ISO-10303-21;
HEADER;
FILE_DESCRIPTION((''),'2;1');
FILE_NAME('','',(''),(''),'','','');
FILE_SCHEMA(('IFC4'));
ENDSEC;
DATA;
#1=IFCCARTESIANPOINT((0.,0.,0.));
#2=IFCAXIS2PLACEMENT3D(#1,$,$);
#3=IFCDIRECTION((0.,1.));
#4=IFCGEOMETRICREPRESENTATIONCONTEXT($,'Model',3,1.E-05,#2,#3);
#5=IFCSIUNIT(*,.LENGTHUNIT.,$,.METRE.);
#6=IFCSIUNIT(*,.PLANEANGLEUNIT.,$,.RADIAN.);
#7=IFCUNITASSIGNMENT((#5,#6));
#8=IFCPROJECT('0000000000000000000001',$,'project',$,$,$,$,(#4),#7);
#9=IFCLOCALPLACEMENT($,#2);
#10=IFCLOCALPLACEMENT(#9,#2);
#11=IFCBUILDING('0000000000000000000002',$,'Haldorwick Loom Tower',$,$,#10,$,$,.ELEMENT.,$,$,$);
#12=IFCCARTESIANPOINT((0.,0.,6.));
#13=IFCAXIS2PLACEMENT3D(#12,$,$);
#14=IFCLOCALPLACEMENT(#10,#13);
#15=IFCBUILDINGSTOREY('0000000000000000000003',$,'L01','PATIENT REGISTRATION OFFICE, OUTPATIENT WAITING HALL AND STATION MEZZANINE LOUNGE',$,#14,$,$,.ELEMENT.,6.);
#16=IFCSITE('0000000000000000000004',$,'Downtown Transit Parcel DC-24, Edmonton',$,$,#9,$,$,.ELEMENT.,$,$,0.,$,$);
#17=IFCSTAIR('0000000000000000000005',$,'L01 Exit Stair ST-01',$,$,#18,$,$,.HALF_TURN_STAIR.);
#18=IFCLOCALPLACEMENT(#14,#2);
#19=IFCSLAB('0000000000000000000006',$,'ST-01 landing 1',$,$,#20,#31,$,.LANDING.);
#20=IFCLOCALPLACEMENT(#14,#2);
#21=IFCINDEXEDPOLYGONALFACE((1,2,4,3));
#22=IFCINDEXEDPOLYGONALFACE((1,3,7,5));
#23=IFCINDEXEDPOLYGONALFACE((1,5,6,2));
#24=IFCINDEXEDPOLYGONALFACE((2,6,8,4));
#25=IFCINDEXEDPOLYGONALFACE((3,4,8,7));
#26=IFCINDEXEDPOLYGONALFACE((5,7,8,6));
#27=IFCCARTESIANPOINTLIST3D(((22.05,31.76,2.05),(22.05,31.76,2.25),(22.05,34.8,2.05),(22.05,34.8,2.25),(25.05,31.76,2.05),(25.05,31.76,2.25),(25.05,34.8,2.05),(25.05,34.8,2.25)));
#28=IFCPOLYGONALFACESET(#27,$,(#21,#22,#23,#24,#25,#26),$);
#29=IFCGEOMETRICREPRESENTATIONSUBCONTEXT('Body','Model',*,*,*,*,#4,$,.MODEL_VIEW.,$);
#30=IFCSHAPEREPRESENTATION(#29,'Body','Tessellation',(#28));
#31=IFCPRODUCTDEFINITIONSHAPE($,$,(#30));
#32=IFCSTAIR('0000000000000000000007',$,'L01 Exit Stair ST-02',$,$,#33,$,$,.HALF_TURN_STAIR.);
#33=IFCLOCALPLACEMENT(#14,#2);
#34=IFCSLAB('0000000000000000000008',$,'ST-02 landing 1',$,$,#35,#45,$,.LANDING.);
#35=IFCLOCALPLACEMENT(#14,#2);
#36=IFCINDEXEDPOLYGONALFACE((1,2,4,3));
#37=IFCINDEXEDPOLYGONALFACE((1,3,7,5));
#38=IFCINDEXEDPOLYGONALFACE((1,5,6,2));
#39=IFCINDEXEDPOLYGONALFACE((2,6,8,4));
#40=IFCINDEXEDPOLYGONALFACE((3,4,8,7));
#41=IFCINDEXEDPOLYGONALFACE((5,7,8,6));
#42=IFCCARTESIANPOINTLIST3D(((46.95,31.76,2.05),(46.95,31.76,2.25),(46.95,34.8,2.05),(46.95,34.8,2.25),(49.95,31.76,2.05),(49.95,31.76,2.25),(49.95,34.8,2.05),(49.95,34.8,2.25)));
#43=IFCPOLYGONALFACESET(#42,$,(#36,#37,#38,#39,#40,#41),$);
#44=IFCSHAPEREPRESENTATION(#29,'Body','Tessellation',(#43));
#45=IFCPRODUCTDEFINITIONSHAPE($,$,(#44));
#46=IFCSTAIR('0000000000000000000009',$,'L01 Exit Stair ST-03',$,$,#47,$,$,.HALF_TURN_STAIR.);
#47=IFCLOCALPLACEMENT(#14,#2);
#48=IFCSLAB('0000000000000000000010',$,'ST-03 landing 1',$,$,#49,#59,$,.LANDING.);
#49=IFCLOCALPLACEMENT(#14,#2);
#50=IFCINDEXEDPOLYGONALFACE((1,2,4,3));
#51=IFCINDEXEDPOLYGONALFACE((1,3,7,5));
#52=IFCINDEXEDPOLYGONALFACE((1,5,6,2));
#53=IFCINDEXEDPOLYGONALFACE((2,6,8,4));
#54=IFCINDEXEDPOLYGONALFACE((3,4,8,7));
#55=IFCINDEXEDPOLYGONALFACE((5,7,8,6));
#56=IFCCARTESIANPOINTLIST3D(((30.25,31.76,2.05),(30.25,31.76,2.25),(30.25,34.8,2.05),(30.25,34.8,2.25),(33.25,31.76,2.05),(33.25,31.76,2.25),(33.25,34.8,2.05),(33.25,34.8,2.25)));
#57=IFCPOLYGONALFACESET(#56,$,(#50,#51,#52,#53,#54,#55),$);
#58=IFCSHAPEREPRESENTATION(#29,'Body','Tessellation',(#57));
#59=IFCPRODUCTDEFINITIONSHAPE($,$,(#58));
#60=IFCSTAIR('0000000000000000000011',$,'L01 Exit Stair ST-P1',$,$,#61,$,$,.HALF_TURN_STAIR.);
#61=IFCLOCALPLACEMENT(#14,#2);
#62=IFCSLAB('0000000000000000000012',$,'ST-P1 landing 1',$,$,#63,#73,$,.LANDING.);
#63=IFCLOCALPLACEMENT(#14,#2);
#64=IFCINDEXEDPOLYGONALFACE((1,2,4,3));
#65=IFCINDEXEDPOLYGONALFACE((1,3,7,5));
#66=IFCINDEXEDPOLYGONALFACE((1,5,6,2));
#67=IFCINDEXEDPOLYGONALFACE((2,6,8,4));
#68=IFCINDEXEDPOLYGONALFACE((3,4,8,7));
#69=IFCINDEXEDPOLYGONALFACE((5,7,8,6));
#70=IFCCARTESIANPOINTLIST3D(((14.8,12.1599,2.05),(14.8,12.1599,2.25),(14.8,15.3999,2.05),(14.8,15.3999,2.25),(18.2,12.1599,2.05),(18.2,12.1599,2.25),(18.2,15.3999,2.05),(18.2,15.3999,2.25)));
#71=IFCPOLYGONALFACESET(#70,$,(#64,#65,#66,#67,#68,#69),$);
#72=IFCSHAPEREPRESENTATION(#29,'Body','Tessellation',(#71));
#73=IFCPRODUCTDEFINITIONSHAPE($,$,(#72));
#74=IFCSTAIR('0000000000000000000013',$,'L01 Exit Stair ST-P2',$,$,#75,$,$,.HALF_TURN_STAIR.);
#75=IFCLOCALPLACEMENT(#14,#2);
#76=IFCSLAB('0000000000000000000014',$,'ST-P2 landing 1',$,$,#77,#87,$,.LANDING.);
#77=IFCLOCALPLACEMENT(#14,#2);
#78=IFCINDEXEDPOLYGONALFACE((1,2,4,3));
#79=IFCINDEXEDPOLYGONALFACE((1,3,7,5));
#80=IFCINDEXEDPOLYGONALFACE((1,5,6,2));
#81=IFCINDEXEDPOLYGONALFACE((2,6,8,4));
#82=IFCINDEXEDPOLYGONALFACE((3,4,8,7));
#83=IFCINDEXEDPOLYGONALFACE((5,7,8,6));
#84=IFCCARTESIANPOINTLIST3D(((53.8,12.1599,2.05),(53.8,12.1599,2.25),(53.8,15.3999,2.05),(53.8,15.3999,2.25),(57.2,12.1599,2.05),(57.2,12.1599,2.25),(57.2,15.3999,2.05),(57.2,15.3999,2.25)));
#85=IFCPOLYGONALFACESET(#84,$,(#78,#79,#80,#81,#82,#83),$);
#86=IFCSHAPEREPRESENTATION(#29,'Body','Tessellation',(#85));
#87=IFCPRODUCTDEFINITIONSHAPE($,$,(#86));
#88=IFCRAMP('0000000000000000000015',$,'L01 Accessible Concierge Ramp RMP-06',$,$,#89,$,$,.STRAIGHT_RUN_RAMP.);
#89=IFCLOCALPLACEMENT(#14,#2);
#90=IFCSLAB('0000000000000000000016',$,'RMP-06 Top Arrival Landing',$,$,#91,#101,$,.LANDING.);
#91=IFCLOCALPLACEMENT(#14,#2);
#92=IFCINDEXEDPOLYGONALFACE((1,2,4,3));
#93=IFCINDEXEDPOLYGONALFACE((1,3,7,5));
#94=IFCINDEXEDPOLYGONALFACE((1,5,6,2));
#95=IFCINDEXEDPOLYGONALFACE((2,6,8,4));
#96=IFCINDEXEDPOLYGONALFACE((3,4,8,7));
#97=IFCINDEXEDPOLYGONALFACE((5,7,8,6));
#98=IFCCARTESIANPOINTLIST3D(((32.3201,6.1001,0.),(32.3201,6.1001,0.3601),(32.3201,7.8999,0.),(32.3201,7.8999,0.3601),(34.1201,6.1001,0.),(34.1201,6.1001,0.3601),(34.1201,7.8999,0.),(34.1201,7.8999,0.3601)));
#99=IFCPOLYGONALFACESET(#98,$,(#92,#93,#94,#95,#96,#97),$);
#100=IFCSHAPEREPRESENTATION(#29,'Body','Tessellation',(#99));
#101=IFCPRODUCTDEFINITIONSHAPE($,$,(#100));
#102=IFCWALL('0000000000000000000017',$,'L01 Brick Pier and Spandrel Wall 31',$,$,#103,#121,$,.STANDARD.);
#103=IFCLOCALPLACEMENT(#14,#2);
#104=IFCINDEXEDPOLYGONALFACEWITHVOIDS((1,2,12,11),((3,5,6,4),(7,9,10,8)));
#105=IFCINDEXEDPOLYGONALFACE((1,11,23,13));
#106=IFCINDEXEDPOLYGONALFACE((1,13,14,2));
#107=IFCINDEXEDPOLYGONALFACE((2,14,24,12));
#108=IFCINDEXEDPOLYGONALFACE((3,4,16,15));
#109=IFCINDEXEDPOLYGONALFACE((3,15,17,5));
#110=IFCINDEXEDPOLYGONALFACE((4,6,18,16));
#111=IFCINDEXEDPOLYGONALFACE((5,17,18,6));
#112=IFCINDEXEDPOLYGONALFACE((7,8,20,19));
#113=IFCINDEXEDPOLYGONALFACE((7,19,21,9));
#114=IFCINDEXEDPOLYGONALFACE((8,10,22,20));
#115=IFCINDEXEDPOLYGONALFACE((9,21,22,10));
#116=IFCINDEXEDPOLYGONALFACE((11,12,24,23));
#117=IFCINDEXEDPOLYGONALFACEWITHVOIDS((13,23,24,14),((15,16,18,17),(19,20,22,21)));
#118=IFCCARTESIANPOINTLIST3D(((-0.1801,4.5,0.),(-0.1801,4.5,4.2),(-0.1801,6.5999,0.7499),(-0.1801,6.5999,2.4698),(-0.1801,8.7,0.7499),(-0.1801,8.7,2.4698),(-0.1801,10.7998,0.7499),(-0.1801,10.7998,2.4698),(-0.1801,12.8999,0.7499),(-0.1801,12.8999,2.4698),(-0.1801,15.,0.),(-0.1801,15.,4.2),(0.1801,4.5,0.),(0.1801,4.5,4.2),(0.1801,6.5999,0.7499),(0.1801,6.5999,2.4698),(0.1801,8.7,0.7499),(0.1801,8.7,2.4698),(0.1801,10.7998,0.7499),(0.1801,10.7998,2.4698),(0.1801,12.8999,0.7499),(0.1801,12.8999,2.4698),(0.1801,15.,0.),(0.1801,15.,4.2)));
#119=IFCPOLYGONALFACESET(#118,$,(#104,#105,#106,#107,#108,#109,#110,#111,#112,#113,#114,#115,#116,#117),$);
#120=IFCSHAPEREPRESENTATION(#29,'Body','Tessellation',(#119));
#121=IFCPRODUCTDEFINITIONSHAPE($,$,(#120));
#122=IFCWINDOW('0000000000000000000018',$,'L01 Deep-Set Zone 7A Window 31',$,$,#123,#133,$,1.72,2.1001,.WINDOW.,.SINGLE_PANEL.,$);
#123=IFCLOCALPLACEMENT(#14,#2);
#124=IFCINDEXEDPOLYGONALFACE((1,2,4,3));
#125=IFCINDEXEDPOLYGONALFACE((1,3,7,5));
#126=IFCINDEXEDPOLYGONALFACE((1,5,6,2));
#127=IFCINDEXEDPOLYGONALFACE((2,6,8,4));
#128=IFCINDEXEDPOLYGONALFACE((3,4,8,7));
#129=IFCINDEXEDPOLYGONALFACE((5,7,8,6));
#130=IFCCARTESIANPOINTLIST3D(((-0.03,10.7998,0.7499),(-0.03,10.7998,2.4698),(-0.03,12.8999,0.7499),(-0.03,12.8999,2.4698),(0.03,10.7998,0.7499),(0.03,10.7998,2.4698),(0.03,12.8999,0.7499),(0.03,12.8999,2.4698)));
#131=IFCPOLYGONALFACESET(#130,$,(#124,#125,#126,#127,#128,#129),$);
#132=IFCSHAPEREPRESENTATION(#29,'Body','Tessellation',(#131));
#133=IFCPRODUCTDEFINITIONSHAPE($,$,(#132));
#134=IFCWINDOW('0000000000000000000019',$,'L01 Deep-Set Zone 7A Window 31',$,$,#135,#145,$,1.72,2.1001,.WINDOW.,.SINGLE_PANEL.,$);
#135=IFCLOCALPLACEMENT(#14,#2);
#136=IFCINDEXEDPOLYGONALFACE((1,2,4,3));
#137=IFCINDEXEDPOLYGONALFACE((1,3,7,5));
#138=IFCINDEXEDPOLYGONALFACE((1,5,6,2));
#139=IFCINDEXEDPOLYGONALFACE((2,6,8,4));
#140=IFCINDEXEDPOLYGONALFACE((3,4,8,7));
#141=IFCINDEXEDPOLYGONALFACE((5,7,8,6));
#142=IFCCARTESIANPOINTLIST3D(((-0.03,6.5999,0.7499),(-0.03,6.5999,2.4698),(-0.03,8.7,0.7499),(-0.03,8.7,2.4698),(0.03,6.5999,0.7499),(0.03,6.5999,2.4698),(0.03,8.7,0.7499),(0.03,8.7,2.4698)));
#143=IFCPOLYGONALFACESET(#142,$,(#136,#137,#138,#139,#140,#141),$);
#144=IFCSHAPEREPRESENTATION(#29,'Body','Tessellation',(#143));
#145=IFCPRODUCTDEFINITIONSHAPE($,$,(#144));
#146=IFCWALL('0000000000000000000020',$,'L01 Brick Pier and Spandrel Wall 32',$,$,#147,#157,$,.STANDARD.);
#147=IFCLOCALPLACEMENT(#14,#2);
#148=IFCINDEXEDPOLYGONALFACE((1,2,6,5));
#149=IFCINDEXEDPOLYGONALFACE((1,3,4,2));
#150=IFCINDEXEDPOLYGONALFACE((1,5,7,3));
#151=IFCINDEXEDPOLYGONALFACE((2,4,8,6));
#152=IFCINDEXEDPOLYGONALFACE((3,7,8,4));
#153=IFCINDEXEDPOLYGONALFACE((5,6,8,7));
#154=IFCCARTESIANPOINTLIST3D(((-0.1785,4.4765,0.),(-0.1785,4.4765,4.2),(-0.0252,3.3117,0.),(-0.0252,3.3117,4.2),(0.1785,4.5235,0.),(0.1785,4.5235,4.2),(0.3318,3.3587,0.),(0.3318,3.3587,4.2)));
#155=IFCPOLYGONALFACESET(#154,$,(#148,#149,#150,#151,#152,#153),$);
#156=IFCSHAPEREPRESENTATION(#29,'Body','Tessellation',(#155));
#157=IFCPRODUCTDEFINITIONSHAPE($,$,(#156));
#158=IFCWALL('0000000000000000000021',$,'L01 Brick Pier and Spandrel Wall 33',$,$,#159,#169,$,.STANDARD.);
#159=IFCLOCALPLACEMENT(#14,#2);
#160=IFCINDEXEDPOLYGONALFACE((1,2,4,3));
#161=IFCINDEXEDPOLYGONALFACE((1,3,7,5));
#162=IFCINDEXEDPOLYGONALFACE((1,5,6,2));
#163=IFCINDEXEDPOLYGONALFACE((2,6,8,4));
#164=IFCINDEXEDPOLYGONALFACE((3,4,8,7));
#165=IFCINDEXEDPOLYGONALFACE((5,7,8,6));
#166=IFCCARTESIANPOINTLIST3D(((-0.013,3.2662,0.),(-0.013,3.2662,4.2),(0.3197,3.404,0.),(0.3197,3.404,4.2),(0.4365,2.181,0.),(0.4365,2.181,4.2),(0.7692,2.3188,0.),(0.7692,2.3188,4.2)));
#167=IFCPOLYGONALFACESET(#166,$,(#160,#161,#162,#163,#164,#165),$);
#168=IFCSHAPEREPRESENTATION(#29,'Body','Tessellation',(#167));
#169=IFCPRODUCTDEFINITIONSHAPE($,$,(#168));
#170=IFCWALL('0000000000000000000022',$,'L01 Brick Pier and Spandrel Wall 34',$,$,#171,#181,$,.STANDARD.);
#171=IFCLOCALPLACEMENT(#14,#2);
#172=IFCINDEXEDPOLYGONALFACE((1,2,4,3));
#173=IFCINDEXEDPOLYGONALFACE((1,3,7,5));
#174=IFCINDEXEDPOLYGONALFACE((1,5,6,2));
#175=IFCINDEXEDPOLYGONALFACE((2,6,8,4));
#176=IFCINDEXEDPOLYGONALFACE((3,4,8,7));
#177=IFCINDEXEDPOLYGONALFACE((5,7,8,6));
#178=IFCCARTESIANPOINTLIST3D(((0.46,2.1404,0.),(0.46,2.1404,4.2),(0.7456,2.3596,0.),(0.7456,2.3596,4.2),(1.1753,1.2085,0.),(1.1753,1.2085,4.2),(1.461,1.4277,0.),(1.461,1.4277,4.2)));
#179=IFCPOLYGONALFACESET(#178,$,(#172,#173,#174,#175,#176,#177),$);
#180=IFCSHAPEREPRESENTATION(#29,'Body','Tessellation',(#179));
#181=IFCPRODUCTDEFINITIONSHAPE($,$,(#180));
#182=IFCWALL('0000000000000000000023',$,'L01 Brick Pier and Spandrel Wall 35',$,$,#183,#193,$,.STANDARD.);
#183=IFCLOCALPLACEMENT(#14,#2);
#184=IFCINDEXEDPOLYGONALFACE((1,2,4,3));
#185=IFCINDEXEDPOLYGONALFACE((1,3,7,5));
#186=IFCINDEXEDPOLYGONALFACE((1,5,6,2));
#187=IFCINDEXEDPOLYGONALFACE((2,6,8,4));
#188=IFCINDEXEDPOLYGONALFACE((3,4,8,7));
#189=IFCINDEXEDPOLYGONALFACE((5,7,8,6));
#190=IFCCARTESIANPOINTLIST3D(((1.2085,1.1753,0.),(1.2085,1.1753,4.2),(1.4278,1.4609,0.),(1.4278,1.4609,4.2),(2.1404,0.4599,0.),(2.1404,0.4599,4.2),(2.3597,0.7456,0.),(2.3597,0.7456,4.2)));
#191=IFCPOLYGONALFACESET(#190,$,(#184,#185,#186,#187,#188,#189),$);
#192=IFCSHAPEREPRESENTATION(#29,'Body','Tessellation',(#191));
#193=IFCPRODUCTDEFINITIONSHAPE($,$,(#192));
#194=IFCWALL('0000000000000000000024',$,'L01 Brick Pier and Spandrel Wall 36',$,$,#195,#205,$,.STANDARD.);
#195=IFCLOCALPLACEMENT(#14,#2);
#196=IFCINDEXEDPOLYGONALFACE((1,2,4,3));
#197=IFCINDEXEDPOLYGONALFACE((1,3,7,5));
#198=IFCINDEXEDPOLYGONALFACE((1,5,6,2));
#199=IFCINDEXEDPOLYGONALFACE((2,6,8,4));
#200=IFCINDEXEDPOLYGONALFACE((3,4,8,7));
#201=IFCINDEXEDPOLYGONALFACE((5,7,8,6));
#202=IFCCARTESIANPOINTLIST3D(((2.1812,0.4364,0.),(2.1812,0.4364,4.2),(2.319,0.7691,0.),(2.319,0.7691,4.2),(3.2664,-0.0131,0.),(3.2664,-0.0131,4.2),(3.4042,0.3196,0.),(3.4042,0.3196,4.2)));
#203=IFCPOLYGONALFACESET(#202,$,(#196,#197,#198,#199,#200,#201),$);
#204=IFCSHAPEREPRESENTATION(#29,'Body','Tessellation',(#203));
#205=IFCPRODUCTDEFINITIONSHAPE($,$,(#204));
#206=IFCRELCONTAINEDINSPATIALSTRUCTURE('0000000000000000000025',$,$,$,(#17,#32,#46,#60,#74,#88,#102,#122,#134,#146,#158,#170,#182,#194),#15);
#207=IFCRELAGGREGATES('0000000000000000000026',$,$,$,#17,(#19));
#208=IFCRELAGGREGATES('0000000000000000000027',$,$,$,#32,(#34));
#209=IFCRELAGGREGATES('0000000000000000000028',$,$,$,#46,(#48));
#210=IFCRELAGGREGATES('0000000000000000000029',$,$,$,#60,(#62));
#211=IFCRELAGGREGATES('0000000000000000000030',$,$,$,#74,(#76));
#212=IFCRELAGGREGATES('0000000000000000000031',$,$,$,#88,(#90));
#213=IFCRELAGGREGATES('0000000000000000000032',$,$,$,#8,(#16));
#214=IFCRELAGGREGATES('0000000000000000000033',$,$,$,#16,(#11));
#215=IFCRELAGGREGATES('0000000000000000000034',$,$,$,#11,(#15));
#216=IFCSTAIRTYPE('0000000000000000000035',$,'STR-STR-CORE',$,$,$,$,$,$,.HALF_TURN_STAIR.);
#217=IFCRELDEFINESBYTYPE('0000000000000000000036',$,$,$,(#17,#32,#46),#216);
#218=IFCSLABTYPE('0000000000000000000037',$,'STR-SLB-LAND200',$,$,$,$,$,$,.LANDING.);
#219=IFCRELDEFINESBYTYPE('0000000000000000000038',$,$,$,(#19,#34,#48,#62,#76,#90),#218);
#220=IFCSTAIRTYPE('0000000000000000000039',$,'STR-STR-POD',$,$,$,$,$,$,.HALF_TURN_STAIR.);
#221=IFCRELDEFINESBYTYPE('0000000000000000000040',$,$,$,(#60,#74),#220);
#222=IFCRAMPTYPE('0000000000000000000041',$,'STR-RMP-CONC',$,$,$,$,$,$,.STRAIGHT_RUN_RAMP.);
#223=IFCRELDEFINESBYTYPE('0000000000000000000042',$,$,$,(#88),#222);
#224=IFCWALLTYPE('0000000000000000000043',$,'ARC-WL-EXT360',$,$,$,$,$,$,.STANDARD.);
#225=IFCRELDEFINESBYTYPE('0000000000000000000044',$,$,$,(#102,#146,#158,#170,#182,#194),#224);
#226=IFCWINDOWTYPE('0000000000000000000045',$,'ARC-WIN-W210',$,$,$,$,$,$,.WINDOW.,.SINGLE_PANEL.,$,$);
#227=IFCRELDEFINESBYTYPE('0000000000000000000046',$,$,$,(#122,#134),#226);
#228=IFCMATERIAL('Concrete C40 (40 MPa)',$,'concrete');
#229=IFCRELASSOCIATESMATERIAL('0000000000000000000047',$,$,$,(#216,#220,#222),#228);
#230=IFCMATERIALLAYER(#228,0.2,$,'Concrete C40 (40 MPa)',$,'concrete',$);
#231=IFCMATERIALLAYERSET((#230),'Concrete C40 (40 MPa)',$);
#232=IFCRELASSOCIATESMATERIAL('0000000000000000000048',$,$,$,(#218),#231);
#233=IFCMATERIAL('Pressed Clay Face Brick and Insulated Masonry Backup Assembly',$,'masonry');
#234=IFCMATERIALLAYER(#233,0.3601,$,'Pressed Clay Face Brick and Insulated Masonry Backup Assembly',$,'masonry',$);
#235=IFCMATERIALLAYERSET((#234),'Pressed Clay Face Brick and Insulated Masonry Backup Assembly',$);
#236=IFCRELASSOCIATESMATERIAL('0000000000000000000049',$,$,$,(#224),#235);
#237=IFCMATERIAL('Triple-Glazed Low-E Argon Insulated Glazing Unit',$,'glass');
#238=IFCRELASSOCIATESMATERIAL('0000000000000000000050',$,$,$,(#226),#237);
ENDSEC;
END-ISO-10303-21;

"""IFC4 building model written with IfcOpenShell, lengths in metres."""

from ifc_helpers import new_model, si_unit, direction, frame, frame_2d, origin, place, context, subcontext, project, spatial, polyline, rectangle, outline, extrude, material, layer, layer_set, type_object, element, fill, aggregate, save


model = new_model("IFC4")

# Units and contexts
model_context = context("Model", 3, precision=1e-05, world=origin(), true_north=direction((0.0, 1.0)))
body_context = subcontext(model_context, "Body", "Model", "MODEL_VIEW")
ifc_project = project(units=[si_unit("LENGTHUNIT", "METRE"), si_unit("PLANEANGLEUNIT", "RADIAN")], contexts=[model_context])

# Site, building, storey
site_placement = place(None, origin())
site = spatial("IfcSite", under=ifc_project, at=site_placement, Name="Downtown Transit Parcel DC-24, Edmonton", CompositionType="ELEMENT", RefElevation=0.0)
building_placement = place(site_placement, origin())
building = spatial("IfcBuilding", under=site, at=building_placement, Name="Haldorwick Loom Tower", CompositionType="ELEMENT")
storey_placement = place(building_placement, frame((0.0, 0.0, 6.0)))
storey = spatial("IfcBuildingStorey", under=building, at=storey_placement, Name="L01", Description="PATIENT REGISTRATION OFFICE, OUTPATIENT WAITING HALL AND STATION MEZZANINE LOUNGE", CompositionType="ELEMENT", Elevation=6.0)

# Stairs, slabs
ifc_material_1 = material(Name="Concrete C40 (40 MPa)", Category="concrete")
stair_type_1 = type_object("IfcStairType", Name="STR-STR-CORE", PredefinedType="HALF_TURN_STAIR", material=ifc_material_1)
stair_1_placement = place(storey_placement, origin())
stair_1 = element("IfcStair", 1, at=stair_1_placement, inside=storey, type_object=stair_type_1, Name="L01 Exit Stair ST-01", PredefinedType="HALF_TURN_STAIR")
ifc_layer_1 = layer(ifc_material_1, 0.2, Name="Concrete C40 (40 MPa)", Category="concrete")
ifc_layer_set_1 = layer_set([ifc_layer_1], Name="Concrete C40 (40 MPa)")
slab_type = type_object("IfcSlabType", Name="STR-SLB-LAND200", PredefinedType="LANDING", material=ifc_layer_set_1)
slab_1_placement = place(storey_placement, frame((0.0, 0.0, 2.05)))
slab_1 = element("IfcSlab", 2, at=slab_1_placement, type_object=slab_type, Name="ST-01 landing 1", PredefinedType="LANDING", context=body_context, shape_type="SweptSolid", body=[
    extrude(outline(polyline([(25.05, 31.76), (25.05, 34.8), (22.05, 34.8), (22.05, 31.76), (25.05, 31.76)])), origin(), (0.0, 0.0, 1.0), 0.2),
])
aggregate(stair_1, [slab_1])
stair_2_placement = place(storey_placement, origin())
stair_2 = element("IfcStair", 3, at=stair_2_placement, inside=storey, type_object=stair_type_1, Name="L01 Exit Stair ST-02", PredefinedType="HALF_TURN_STAIR")
slab_2_placement = place(storey_placement, frame((0.0, 0.0, 2.05)))
slab_2 = element("IfcSlab", 4, at=slab_2_placement, type_object=slab_type, Name="ST-02 landing 1", PredefinedType="LANDING", context=body_context, shape_type="SweptSolid", body=[
    extrude(outline(polyline([(49.95, 31.76), (49.95, 34.8), (46.95, 34.8), (46.95, 31.76), (49.95, 31.76)])), origin(), (0.0, 0.0, 1.0), 0.2),
])
aggregate(stair_2, [slab_2])
stair_3_placement = place(storey_placement, origin())
stair_3 = element("IfcStair", 5, at=stair_3_placement, inside=storey, type_object=stair_type_1, Name="L01 Exit Stair ST-03", PredefinedType="HALF_TURN_STAIR")
slab_3_placement = place(storey_placement, frame((0.0, 0.0, 2.05)))
slab_3 = element("IfcSlab", 6, at=slab_3_placement, type_object=slab_type, Name="ST-03 landing 1", PredefinedType="LANDING", context=body_context, shape_type="SweptSolid", body=[
    extrude(outline(polyline([(33.25, 31.76), (33.25, 34.8), (30.25, 34.8), (30.25, 31.76), (33.25, 31.76)])), origin(), (0.0, 0.0, 1.0), 0.2),
])
aggregate(stair_3, [slab_3])
stair_type_2 = type_object("IfcStairType", Name="STR-STR-POD", PredefinedType="HALF_TURN_STAIR", material=ifc_material_1)
stair_4_placement = place(storey_placement, origin())
stair_4 = element("IfcStair", 7, at=stair_4_placement, inside=storey, type_object=stair_type_2, Name="L01 Exit Stair ST-P1", PredefinedType="HALF_TURN_STAIR")
slab_4_placement = place(storey_placement, frame((0.0, 0.0, 2.05)))
slab_4 = element("IfcSlab", 8, at=slab_4_placement, type_object=slab_type, Name="ST-P1 landing 1", PredefinedType="LANDING", context=body_context, shape_type="SweptSolid", body=[
    extrude(outline(polyline([(18.2, 12.1599), (18.2, 15.3999), (14.8, 15.3999), (14.8, 12.1599), (18.2, 12.1599)])), origin(), (0.0, 0.0, 1.0), 0.2),
])
aggregate(stair_4, [slab_4])
stair_5_placement = place(storey_placement, origin())
stair_5 = element("IfcStair", 9, at=stair_5_placement, inside=storey, type_object=stair_type_2, Name="L01 Exit Stair ST-P2", PredefinedType="HALF_TURN_STAIR")
slab_5_placement = place(storey_placement, frame((0.0, 0.0, 2.05)))
slab_5 = element("IfcSlab", 10, at=slab_5_placement, type_object=slab_type, Name="ST-P2 landing 1", PredefinedType="LANDING", context=body_context, shape_type="SweptSolid", body=[
    extrude(outline(polyline([(57.2, 12.1599), (57.2, 15.3999), (53.8, 15.3999), (53.8, 12.1599), (57.2, 12.1599)])), origin(), (0.0, 0.0, 1.0), 0.2),
])
aggregate(stair_5, [slab_5])

# Ramp, slab
ramp_type = type_object("IfcRampType", Name="STR-RMP-CONC", PredefinedType="STRAIGHT_RUN_RAMP", material=ifc_material_1)
ramp_placement = place(storey_placement, origin())
ramp = element("IfcRamp", 11, at=ramp_placement, inside=storey, type_object=ramp_type, Name="L01 Accessible Concierge Ramp RMP-06", PredefinedType="STRAIGHT_RUN_RAMP")
slab_6_placement = place(storey_placement, origin())
slab_6 = element("IfcSlab", 12, at=slab_6_placement, type_object=slab_type, Name="RMP-06 Top Arrival Landing", PredefinedType="LANDING", context=body_context, shape_type="SweptSolid", body=[
    extrude(outline(polyline([(32.3201, 6.1001), (34.1201, 6.1001), (34.1201, 7.8999), (32.3201, 7.8999), (32.3201, 6.1001)])), origin(), (0.0, 0.0, 1.0), 0.3601),
])
aggregate(ramp, [slab_6])

# Wall, openings, windows
ifc_material_2 = material(Name="Pressed Clay Face Brick and Insulated Masonry Backup Assembly", Category="masonry")
ifc_layer_2 = layer(ifc_material_2, 0.3601, Name="Pressed Clay Face Brick and Insulated Masonry Backup Assembly", Category="masonry")
ifc_layer_set_2 = layer_set([ifc_layer_2], Name="Pressed Clay Face Brick and Insulated Masonry Backup Assembly")
wall_type_1 = type_object("IfcWallType", Name="ARC-WL-EXT360", PredefinedType="STANDARD", material=ifc_layer_set_2)
wall_1_placement = place(storey_placement, frame((0.0, 15.0, 0.0), z_axis=(0.0, 0.0, 1.0), x_axis=(0.0, -1.0, 0.0)))
wall_1 = element("IfcWall", 13, at=wall_1_placement, inside=storey, type_object=wall_type_1, Name="L01 Brick Pier and Spandrel Wall 31", PredefinedType="STANDARD", context=body_context, shape_type="SweptSolid", body=[
    extrude(rectangle(XDim=10.5, YDim=0.3601, at=frame_2d((5.25, 0.0))), origin(), (0.0, 0.0, 1.0), 4.2),
])
opening_1_placement = place(wall_1_placement, frame((2.1001, 0.0, 0.75)))
opening_1 = element("IfcOpeningElement", 14, at=opening_1_placement, cuts=wall_1, PredefinedType="OPENING", context=body_context, shape_type="SweptSolid", body=[
    extrude(rectangle(XDim=2.1001, YDim=1.72, at=frame_2d((1.05, 0.8599))), frame((0.0, 0.1899, 0.0), z_axis=(0.0, -1.0, 0.0), x_axis=(1.0, 0.0, 0.0)), (0.0, 0.0, 1.0), 0.3801),
])
opening_2_placement = place(wall_1_placement, frame((6.3, 0.0, 0.75)))
opening_2 = element("IfcOpeningElement", 15, at=opening_2_placement, cuts=wall_1, PredefinedType="OPENING", context=body_context, shape_type="SweptSolid", body=[
    extrude(rectangle(XDim=2.1001, YDim=1.72, at=frame_2d((1.05, 0.8599))), frame((0.0, 0.1899, 0.0), z_axis=(0.0, -1.0, 0.0), x_axis=(1.0, 0.0, 0.0)), (0.0, 0.0, 1.0), 0.3801),
])
ifc_material_3 = material(Name="Triple-Glazed Low-E Argon Insulated Glazing Unit", Category="glass")
window_type = type_object("IfcWindowType", Name="ARC-WIN-W210", PartitioningType="SINGLE_PANEL", PredefinedType="WINDOW", material=ifc_material_3)
window_1_placement = place(opening_1_placement, origin())
window_1 = element("IfcWindow", 16, at=window_1_placement, inside=storey, type_object=window_type, Name="L01 Deep-Set Zone 7A Window 31", OverallHeight=1.72, OverallWidth=2.1001, PartitioningType="SINGLE_PANEL", PredefinedType="WINDOW", context=body_context, shape_type="SweptSolid", body=[
    extrude(rectangle(XDim=2.1001, YDim=1.72, at=frame_2d((1.05, 0.8599))), frame((0.0, 0.03, 0.0), z_axis=(0.0, -1.0, 0.0), x_axis=(1.0, 0.0, 0.0)), (0.0, 0.0, 1.0), 0.0601),
])
fill(opening_1, window_1)
window_2_placement = place(opening_2_placement, origin())
window_2 = element("IfcWindow", 17, at=window_2_placement, inside=storey, type_object=window_type, Name="L01 Deep-Set Zone 7A Window 31", OverallHeight=1.72, OverallWidth=2.1001, PartitioningType="SINGLE_PANEL", PredefinedType="WINDOW", context=body_context, shape_type="SweptSolid", body=[
    extrude(rectangle(XDim=2.1001, YDim=1.72, at=frame_2d((1.05, 0.8599))), frame((0.0, 0.03, 0.0), z_axis=(0.0, -1.0, 0.0), x_axis=(1.0, 0.0, 0.0)), (0.0, 0.0, 1.0), 0.0601),
])
fill(opening_2, window_2)

# Walls
wall_2_placement = place(storey_placement, frame((0.0, 4.5, 0.0), z_axis=(0.0, 0.0, 1.0), x_axis=(0.130503, -0.991448, 0.0)))
element("IfcWall", 18, at=wall_2_placement, inside=storey, type_object=wall_type_1, Name="L01 Brick Pier and Spandrel Wall 32", PredefinedType="STANDARD", context=body_context, shape_type="SweptSolid", body=[
    extrude(rectangle(XDim=1.1748, YDim=0.3601, at=frame_2d((0.5874, 0.0))), origin(), (0.0, 0.0, 1.0), 4.2),
])
wall_3_placement = place(storey_placement, frame((0.1533, 3.3352, 0.0), z_axis=(0.0, 0.0, 1.0), x_axis=(0.382652, -0.923893, 0.0)))
element("IfcWall", 19, at=wall_3_placement, inside=storey, type_object=wall_type_1, Name="L01 Brick Pier and Spandrel Wall 33", PredefinedType="STANDARD", context=body_context, shape_type="SweptSolid", body=[
    extrude(rectangle(XDim=1.1746, YDim=0.3601, at=frame_2d((0.5874, 0.0))), origin(), (0.0, 0.0, 1.0), 4.2),
])
for number, where, z_axis, x_axis, name in (
    (20, (0.6028, 2.25, 0.0), (0.0, 0.0, 1.0), (0.608907, -0.793242, 0.0), "L01 Brick Pier and Spandrel Wall 34"),
    (21, (1.3181, 1.3181, 0.0), (0.0, 0.0, 1.0), (0.793242, -0.608907, 0.0), "L01 Brick Pier and Spandrel Wall 35"),
):
    element("IfcWall", number, at=place(storey_placement, frame(where, z_axis=z_axis, x_axis=x_axis)), inside=storey, type_object=wall_type_1, Name=name, PredefinedType="STANDARD", context=body_context, shape_type="SweptSolid", body=[
        extrude(rectangle(XDim=1.1748, YDim=0.3601, at=frame_2d((0.5874, 0.0))), origin(), (0.0, 0.0, 1.0), 4.2),
    ])
wall_4_placement = place(storey_placement, frame((2.25, 0.6028, 0.0), z_axis=(0.0, 0.0, 1.0), x_axis=(0.923893, -0.382652, 0.0)))
element("IfcWall", 22, at=wall_4_placement, inside=storey, type_object=wall_type_1, Name="L01 Brick Pier and Spandrel Wall 36", PredefinedType="STANDARD", context=body_context, shape_type="SweptSolid", body=[
    extrude(rectangle(XDim=1.1746, YDim=0.3601, at=frame_2d((0.5874, 0.0))), origin(), (0.0, 0.0, 1.0), 4.2),
])

save(model, "model.ifc")
